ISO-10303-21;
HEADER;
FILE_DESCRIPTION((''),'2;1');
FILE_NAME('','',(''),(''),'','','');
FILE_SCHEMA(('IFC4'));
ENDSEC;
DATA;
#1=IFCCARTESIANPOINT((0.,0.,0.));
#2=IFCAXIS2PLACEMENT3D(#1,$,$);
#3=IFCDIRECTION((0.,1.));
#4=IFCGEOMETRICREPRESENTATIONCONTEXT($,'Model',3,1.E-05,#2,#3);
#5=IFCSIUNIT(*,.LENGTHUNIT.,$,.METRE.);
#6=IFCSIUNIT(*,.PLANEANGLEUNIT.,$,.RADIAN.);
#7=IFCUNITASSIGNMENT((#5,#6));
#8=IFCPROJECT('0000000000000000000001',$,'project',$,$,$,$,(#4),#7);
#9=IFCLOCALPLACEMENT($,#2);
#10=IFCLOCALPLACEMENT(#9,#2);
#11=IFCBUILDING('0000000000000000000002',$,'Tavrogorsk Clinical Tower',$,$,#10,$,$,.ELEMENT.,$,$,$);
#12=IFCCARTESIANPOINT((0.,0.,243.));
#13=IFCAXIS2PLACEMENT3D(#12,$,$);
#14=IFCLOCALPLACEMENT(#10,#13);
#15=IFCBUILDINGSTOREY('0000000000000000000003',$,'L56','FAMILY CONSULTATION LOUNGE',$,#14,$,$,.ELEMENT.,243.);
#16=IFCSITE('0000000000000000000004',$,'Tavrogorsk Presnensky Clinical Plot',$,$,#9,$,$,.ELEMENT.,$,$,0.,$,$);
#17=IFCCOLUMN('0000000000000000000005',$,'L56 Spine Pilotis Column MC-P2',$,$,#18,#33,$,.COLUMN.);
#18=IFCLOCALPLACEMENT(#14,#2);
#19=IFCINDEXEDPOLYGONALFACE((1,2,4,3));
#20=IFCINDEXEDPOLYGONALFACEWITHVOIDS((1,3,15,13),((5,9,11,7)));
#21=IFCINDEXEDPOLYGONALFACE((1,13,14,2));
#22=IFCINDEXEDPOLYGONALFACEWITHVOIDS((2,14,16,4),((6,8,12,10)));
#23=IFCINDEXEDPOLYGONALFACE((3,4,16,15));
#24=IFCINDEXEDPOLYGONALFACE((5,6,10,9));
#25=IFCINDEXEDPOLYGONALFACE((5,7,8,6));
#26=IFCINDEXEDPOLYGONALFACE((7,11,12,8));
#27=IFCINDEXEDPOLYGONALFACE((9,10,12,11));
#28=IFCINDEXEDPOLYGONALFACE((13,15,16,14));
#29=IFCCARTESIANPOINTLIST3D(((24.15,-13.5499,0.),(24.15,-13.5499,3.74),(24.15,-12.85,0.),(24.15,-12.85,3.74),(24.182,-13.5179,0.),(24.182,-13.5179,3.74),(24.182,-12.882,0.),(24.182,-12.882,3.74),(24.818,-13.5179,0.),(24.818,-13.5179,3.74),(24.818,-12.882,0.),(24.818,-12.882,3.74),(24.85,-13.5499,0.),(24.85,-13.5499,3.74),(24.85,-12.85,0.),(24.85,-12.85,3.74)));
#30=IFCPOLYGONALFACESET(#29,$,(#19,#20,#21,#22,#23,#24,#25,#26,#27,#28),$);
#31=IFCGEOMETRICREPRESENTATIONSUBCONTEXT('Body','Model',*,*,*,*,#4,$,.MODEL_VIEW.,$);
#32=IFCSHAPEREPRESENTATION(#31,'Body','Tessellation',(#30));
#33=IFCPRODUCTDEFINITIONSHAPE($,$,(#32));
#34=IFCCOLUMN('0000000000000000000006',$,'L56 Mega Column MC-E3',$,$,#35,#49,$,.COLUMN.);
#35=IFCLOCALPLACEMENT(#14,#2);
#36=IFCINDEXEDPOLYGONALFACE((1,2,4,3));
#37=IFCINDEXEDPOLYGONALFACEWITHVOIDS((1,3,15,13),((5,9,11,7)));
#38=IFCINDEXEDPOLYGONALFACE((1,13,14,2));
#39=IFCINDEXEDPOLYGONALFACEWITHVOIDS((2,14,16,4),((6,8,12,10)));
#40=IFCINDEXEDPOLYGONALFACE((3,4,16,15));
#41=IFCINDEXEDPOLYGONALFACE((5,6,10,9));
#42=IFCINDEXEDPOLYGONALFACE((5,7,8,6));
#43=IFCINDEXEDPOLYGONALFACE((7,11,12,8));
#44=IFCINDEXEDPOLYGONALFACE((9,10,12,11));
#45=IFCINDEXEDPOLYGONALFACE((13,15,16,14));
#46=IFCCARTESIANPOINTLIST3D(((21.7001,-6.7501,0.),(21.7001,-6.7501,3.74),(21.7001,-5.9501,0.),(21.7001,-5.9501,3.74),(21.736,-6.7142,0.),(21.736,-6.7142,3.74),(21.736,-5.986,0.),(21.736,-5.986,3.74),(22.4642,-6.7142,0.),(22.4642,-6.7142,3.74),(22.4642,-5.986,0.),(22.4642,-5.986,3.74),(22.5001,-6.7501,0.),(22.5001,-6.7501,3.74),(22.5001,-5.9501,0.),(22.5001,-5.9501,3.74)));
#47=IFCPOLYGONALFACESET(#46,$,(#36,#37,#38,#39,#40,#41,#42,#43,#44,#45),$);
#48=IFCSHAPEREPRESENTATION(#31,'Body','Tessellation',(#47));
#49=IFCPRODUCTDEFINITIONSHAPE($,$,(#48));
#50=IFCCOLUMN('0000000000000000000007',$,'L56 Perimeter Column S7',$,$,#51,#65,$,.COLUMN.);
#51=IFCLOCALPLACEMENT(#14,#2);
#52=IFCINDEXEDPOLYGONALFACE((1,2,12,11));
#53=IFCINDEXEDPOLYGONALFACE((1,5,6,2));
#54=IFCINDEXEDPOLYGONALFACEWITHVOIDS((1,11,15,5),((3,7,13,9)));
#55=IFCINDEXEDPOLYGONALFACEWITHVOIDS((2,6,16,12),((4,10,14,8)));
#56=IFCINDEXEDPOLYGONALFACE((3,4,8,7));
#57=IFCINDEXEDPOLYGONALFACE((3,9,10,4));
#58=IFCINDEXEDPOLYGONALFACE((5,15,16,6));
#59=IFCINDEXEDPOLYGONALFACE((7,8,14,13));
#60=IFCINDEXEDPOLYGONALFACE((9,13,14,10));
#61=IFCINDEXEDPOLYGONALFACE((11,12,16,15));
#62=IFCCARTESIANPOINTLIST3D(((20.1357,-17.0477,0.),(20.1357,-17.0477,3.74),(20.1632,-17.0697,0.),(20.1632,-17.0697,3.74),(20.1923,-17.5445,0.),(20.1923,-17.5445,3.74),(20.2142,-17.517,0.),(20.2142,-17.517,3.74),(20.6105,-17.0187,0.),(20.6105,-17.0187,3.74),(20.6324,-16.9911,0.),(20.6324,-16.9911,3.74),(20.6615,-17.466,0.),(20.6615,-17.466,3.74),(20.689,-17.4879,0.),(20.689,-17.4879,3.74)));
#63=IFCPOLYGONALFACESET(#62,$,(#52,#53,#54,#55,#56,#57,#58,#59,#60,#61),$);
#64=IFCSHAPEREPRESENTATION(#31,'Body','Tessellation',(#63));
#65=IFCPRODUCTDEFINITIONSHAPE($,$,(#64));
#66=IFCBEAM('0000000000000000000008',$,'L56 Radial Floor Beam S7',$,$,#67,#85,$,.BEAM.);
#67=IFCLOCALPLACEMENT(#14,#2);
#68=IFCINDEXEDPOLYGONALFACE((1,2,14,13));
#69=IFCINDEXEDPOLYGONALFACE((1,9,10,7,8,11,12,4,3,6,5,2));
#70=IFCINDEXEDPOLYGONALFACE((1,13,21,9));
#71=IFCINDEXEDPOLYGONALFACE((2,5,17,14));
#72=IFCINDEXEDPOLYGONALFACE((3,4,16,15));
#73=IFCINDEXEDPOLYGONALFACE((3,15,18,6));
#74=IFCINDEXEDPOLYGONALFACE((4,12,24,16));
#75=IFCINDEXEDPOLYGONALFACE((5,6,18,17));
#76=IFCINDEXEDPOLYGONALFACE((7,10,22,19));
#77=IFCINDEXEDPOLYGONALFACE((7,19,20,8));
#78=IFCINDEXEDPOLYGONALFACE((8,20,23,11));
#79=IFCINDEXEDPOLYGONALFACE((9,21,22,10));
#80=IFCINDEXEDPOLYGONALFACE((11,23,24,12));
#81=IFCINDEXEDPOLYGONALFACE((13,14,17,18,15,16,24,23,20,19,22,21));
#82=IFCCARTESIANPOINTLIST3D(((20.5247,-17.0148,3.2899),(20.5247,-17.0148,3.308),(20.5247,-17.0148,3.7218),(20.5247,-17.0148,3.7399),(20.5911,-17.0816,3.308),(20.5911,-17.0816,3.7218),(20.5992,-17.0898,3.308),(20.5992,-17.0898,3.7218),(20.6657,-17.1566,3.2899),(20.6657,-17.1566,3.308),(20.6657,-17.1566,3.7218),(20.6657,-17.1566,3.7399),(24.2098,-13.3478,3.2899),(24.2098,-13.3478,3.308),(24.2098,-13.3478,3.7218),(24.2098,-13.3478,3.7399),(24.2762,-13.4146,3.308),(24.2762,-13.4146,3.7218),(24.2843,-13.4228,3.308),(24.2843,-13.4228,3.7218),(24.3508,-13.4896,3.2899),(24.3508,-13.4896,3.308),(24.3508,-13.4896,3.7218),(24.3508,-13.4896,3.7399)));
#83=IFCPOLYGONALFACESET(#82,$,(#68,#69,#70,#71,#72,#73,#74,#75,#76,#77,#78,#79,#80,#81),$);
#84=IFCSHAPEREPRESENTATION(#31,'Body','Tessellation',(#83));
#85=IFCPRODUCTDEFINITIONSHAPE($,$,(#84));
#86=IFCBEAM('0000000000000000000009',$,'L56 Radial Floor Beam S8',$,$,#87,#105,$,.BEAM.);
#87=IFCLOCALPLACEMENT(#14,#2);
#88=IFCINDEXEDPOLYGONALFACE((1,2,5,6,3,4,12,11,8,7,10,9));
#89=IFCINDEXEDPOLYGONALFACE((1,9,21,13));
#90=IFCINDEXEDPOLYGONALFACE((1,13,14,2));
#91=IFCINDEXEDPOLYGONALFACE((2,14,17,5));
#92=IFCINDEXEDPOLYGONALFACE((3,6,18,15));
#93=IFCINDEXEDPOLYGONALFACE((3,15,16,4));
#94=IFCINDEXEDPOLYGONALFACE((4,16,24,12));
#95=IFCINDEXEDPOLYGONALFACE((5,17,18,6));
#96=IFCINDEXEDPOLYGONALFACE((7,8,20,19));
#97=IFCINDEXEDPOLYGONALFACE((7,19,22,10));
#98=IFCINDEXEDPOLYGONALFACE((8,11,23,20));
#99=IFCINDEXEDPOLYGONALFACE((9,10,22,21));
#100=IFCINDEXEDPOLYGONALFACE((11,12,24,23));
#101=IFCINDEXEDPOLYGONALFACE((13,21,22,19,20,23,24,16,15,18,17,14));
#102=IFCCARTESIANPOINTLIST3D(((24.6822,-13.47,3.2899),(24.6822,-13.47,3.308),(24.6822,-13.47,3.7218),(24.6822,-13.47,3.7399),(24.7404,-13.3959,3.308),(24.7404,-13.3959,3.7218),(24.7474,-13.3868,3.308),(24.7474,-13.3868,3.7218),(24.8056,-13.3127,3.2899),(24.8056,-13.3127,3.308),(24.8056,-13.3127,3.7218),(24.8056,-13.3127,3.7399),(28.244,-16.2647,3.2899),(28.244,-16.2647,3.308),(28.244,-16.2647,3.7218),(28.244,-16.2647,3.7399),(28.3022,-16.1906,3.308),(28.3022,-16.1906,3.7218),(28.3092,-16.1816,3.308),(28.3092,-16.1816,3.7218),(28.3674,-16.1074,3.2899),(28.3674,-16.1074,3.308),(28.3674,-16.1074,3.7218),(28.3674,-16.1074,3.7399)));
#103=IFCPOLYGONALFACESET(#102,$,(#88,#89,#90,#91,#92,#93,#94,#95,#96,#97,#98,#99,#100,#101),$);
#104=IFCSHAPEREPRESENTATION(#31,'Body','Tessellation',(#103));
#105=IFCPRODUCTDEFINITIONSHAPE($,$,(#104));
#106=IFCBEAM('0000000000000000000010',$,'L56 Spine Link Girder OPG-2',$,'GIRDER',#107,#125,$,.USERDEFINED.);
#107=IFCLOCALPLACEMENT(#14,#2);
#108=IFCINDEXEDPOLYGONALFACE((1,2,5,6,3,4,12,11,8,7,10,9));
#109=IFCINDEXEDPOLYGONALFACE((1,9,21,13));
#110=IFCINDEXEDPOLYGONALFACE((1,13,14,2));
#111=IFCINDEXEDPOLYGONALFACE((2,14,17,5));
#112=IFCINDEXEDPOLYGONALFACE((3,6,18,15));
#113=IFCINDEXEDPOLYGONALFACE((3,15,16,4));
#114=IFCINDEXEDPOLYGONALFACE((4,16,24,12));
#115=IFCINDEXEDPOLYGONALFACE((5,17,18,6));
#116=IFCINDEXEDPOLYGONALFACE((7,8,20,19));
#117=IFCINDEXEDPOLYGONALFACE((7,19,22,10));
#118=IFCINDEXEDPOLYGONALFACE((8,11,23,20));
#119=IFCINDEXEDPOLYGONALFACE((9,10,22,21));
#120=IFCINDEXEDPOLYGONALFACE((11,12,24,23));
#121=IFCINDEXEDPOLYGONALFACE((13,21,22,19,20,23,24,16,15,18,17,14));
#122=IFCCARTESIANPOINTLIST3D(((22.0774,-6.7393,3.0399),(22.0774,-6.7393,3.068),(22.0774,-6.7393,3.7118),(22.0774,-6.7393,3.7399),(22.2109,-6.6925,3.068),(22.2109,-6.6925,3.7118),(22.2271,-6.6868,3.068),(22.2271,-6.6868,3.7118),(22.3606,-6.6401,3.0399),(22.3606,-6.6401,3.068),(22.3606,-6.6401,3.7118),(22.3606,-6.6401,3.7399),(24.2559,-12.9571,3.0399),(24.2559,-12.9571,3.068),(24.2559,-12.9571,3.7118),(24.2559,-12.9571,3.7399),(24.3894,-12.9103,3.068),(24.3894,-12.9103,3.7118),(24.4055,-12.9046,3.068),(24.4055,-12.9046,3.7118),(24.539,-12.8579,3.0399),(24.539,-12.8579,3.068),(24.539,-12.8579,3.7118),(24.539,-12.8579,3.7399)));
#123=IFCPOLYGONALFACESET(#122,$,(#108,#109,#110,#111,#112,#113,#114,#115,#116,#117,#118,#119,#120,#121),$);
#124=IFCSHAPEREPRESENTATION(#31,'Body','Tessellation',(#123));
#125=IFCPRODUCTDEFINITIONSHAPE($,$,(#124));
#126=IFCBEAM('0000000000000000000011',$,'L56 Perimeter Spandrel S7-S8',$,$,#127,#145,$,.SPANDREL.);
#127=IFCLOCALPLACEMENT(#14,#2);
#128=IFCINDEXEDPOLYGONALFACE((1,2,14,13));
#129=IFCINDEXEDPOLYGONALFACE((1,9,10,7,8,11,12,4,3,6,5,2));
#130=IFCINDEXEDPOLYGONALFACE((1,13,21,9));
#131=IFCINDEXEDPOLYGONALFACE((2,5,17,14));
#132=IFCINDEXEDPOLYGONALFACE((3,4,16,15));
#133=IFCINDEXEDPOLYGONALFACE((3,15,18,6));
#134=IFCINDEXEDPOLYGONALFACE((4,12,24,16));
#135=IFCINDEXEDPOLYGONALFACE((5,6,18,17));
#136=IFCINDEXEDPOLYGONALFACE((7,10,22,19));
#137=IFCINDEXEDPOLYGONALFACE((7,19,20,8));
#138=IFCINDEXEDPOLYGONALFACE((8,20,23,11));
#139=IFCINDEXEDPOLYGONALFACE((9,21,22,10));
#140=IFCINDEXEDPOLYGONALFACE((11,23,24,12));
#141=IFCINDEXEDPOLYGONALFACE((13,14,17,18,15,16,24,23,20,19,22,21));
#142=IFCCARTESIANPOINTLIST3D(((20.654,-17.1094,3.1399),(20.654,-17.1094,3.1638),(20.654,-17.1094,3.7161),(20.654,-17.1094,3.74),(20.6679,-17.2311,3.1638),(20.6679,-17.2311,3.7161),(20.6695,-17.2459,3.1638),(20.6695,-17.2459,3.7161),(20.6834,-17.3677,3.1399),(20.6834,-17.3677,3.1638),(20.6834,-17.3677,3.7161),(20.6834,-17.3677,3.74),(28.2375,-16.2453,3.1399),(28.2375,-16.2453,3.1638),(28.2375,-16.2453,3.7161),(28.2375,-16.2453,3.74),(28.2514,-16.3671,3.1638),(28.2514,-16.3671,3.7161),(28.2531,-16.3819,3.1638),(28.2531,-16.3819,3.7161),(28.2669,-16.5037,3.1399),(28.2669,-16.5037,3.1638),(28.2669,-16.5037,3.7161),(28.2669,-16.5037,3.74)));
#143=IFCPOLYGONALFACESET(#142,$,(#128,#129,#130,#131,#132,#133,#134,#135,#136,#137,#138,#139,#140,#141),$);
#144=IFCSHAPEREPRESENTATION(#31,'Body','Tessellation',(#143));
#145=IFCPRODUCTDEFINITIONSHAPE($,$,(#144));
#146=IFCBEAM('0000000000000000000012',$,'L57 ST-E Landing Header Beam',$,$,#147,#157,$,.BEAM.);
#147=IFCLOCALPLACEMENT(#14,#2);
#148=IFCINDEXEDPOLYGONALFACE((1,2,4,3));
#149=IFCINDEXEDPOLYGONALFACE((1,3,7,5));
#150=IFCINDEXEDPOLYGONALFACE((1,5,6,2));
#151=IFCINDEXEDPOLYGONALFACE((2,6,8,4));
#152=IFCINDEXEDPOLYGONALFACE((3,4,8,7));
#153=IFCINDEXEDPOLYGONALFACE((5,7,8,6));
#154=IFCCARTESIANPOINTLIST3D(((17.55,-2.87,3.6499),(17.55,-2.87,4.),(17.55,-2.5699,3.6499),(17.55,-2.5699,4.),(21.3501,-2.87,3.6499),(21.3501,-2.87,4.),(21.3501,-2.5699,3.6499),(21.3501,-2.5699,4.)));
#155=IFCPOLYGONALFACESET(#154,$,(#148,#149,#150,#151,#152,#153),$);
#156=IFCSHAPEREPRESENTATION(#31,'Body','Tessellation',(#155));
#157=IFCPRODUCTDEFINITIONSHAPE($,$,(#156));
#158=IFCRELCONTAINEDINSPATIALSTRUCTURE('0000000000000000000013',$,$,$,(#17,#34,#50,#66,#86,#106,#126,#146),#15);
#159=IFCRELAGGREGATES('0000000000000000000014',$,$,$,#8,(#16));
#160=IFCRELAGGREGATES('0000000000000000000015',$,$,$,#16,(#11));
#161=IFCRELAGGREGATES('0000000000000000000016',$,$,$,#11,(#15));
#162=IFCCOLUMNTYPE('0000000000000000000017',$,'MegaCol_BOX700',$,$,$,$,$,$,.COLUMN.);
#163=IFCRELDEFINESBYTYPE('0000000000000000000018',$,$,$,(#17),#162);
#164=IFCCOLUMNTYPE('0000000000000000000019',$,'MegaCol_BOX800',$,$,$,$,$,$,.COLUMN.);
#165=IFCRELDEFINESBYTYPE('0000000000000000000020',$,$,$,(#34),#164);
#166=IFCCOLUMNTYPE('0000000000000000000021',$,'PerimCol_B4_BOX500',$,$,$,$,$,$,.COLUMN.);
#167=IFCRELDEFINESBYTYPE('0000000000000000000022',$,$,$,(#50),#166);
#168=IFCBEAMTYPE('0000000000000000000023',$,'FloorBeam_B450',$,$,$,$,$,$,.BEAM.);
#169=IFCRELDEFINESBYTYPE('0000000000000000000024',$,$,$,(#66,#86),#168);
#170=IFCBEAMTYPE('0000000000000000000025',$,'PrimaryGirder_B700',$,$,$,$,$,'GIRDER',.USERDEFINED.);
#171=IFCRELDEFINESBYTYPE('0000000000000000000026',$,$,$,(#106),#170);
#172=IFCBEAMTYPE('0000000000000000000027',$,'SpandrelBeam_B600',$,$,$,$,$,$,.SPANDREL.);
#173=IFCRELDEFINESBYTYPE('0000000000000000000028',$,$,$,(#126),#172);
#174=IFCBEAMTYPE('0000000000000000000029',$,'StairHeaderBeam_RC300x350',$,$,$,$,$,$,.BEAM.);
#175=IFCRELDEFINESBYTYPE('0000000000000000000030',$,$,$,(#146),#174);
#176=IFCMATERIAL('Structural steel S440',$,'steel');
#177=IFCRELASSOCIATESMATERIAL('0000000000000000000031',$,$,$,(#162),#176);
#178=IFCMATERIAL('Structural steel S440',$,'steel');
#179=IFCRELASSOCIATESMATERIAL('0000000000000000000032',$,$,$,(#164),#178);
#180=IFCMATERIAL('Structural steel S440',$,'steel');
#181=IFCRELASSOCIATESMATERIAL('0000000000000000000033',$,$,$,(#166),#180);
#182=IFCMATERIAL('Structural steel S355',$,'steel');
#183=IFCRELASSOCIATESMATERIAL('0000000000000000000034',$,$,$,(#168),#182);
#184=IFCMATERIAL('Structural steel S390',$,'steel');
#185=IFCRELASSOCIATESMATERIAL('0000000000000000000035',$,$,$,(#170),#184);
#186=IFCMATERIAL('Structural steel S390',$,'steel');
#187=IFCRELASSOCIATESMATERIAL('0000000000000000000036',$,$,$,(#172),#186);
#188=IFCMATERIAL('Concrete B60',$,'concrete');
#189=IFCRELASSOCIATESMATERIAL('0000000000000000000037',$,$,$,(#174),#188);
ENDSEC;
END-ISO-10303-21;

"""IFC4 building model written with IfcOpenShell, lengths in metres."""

from ifc_helpers import new_model, si_unit, direction, frame, origin, origin_2d, place, context, subcontext, project, spatial, rectangle, hollow_rectangle, i_section, extrude, material, material_profile, profile_set, type_object, element, save


model = new_model("IFC4")

# Units and contexts
model_context = context("Model", 3, precision=1e-05, world=origin(), true_north=direction((0.0, 1.0)))
body_context = subcontext(model_context, "Body", "Model", "MODEL_VIEW")
ifc_project = project(units=[si_unit("LENGTHUNIT", "METRE"), si_unit("PLANEANGLEUNIT", "RADIAN")], contexts=[model_context])

# Site, building, storey
site_placement = place(None, origin())
site = spatial("IfcSite", under=ifc_project, at=site_placement, Name="Tavrogorsk Presnensky Clinical Plot", CompositionType="ELEMENT", RefElevation=0.0)
building_placement = place(site_placement, origin())
building = spatial("IfcBuilding", under=site, at=building_placement, Name="Tavrogorsk Clinical Tower", CompositionType="ELEMENT")
storey_placement = place(building_placement, frame((0.0, 0.0, 243.0)))
storey = spatial("IfcBuildingStorey", under=building, at=storey_placement, Name="L56", Description="FAMILY CONSULTATION LOUNGE", CompositionType="ELEMENT", Elevation=243.0)

# Columns
ifc_material_1 = material(Name="Structural steel S440", Category="steel")
ifc_material_profile_1 = material_profile(ifc_material_1, hollow_rectangle(XDim=0.7, YDim=0.7, WallThickness=0.032, at=origin_2d()), Name="BOX-700x700x32")
ifc_profile_set_1 = profile_set([ifc_material_profile_1], Name="Structural steel S440")
column_type_1 = type_object("IfcColumnType", Name="MegaCol_BOX700", PredefinedType="COLUMN", material=ifc_profile_set_1)
column_1_placement = place(storey_placement, frame((24.5, -13.2, 0.0), z_axis=(0.0, 0.0, 1.0), x_axis=(1.0, 0.0, 0.0)))
element("IfcColumn", 1, at=column_1_placement, inside=storey, type_object=column_type_1, Name="L56 Spine Pilotis Column MC-P2", PredefinedType="COLUMN", context=body_context, shape_type="SweptSolid", body=[
    extrude(hollow_rectangle(XDim=0.7, YDim=0.7, WallThickness=0.032, at=origin_2d()), origin(), (0.0, 0.0, 1.0), 3.74),
])
ifc_material_2 = material(Name="Structural steel S440", Category="steel")
ifc_material_profile_2 = material_profile(ifc_material_2, hollow_rectangle(XDim=0.8, YDim=0.8, WallThickness=0.0359, at=origin_2d()), Name="BOX-800x800x36")
ifc_profile_set_2 = profile_set([ifc_material_profile_2], Name="Structural steel S440")
column_type_2 = type_object("IfcColumnType", Name="MegaCol_BOX800", PredefinedType="COLUMN", material=ifc_profile_set_2)
column_2_placement = place(storey_placement, frame((22.1001, -6.3501, 0.0), z_axis=(0.0, 0.0, 1.0), x_axis=(1.0, 0.0, 0.0)))
element("IfcColumn", 2, at=column_2_placement, inside=storey, type_object=column_type_2, Name="L56 Mega Column MC-E3", PredefinedType="COLUMN", context=body_context, shape_type="SweptSolid", body=[
    extrude(hollow_rectangle(XDim=0.8, YDim=0.8, WallThickness=0.0359, at=origin_2d()), origin(), (0.0, 0.0, 1.0), 3.74),
])
ifc_material_3 = material(Name="Structural steel S440", Category="steel")
ifc_material_profile_3 = material_profile(ifc_material_3, hollow_rectangle(XDim=0.5, YDim=0.5, WallThickness=0.0249, at=origin_2d()), Name="BOX-500x500x25")
ifc_profile_set_3 = profile_set([ifc_material_profile_3], Name="Structural steel S440")
column_type_3 = type_object("IfcColumnType", Name="PerimCol_B4_BOX500", PredefinedType="COLUMN", material=ifc_profile_set_3)
column_3_placement = place(storey_placement, frame((20.4124, -17.2678, 0.0), z_axis=(0.0, 0.0, 1.0), x_axis=(0.993572, 0.113203, 0.0)))
element("IfcColumn", 3, at=column_3_placement, inside=storey, type_object=column_type_3, Name="L56 Perimeter Column S7", PredefinedType="COLUMN", context=body_context, shape_type="SweptSolid", body=[
    extrude(hollow_rectangle(XDim=0.5, YDim=0.5, WallThickness=0.0249, at=origin_2d()), origin(), (0.0, 0.0, 1.0), 3.74),
])

# Beams
ifc_material_4 = material(Name="Structural steel S355", Category="steel")
ifc_material_profile_4 = material_profile(ifc_material_4, i_section(OverallWidth=0.2, OverallDepth=0.45, WebThickness=0.0115, FlangeThickness=0.0181, at=origin_2d()), Name="B-450x200x11.5x18")
ifc_profile_set_4 = profile_set([ifc_material_profile_4], Name="Structural steel S355")
beam_type_1 = type_object("IfcBeamType", Name="FloorBeam_B450", PredefinedType="BEAM", material=ifc_profile_set_4)
beam_1_placement = place(storey_placement, frame((24.2803, -13.4187, 3.5149), z_axis=(-0.708842, -0.705367, 0.0), x_axis=(0.705367, -0.708842, 0.0)))
element("IfcBeam", 4, at=beam_1_placement, inside=storey, type_object=beam_type_1, Name="L56 Radial Floor Beam S7", PredefinedType="BEAM", context=body_context, shape_type="SweptSolid", body=[
    extrude(i_section(OverallWidth=0.2, OverallDepth=0.45, WebThickness=0.0115, FlangeThickness=0.0181, at=origin_2d()), origin(), (0.0, 0.0, 1.0), 5.1987),
])
beam_2_placement = place(storey_placement, frame((24.7439, -13.3914, 3.5149), z_axis=(0.786732, -0.617295, 0.0), x_axis=(0.617295, 0.786732, 0.0)))
element("IfcBeam", 5, at=beam_2_placement, inside=storey, type_object=beam_type_1, Name="L56 Radial Floor Beam S8", PredefinedType="BEAM", context=body_context, shape_type="SweptSolid", body=[
    extrude(i_section(OverallWidth=0.2, OverallDepth=0.45, WebThickness=0.0115, FlangeThickness=0.0181, at=origin_2d()), origin(), (0.0, 0.0, 1.0), 4.5273),
])
ifc_material_5 = material(Name="Structural steel S390", Category="steel")
ifc_material_profile_5 = material_profile(ifc_material_5, i_section(OverallWidth=0.3, OverallDepth=0.7, WebThickness=0.0171, FlangeThickness=0.0281, at=origin_2d()), Name="B-700x300x17x28")
ifc_profile_set_5 = profile_set([ifc_material_profile_5], Name="Structural steel S390")
beam_type_2 = type_object("IfcBeamType", Name="PrimaryGirder_B700", ElementType="GIRDER", PredefinedType="USERDEFINED", material=ifc_profile_set_5)
beam_3_placement = place(storey_placement, frame((24.3975, -12.9075, 3.3899), z_axis=(-0.330654, 0.943752, 0.0), x_axis=(-0.943752, -0.330654, 0.0)))
element("IfcBeam", 6, at=beam_3_placement, inside=storey, type_object=beam_type_2, Name="L56 Spine Link Girder OPG-2", ObjectType="GIRDER", PredefinedType="USERDEFINED", context=body_context, shape_type="SweptSolid", body=[
    extrude(i_section(OverallWidth=0.3, OverallDepth=0.7, WebThickness=0.0171, FlangeThickness=0.0281, at=origin_2d()), origin(), (0.0, 0.0, 1.0), 6.5884),
])
ifc_material_6 = material(Name="Structural steel S390", Category="steel")
ifc_material_profile_6 = material_profile(ifc_material_6, i_section(OverallWidth=0.26, OverallDepth=0.6001, WebThickness=0.0149, FlangeThickness=0.0239, at=origin_2d()), Name="B-600x260x15x24")
ifc_profile_set_6 = profile_set([ifc_material_profile_6], Name="Structural steel S390")
beam_type_3 = type_object("IfcBeamType", Name="SpandrelBeam_B600", PredefinedType="SPANDREL", material=ifc_profile_set_6)
beam_4_placement = place(storey_placement, frame((20.6687, -17.2385, 3.4399), z_axis=(0.993572, 0.113201, 0.0), x_axis=(-0.113201, 0.993572, 0.0)))
element("IfcBeam", 7, at=beam_4_placement, inside=storey, type_object=beam_type_3, Name="L56 Perimeter Spandrel S7-S8", PredefinedType="SPANDREL", context=body_context, shape_type="SweptSolid", body=[
    extrude(i_section(OverallWidth=0.26, OverallDepth=0.6001, WebThickness=0.0149, FlangeThickness=0.0239, at=origin_2d()), origin(), (0.0, 0.0, 1.0), 7.6326),
])
ifc_material_7 = material(Name="Concrete B60", Category="concrete")
ifc_material_profile_7 = material_profile(ifc_material_7, rectangle(XDim=0.3, YDim=0.3501, at=origin_2d()), Name="RC-SHB-300x350")
ifc_profile_set_7 = profile_set([ifc_material_profile_7], Name="Concrete B60")
beam_type_4 = type_object("IfcBeamType", Name="StairHeaderBeam_RC300x350", PredefinedType="BEAM", material=ifc_profile_set_7)
beam_5_placement = place(storey_placement, frame((17.55, -2.72, 3.825), z_axis=(1.0, 0.0, 0.0), x_axis=(0.0, 1.0, 0.0)))
element("IfcBeam", 8, at=beam_5_placement, inside=storey, type_object=beam_type_4, Name="L57 ST-E Landing Header Beam", PredefinedType="BEAM", context=body_context, shape_type="SweptSolid", body=[
    extrude(rectangle(XDim=0.3, YDim=0.3501, at=origin_2d()), origin(), (0.0, 0.0, 1.0), 3.8),
])

save(model, "model.ifc")
